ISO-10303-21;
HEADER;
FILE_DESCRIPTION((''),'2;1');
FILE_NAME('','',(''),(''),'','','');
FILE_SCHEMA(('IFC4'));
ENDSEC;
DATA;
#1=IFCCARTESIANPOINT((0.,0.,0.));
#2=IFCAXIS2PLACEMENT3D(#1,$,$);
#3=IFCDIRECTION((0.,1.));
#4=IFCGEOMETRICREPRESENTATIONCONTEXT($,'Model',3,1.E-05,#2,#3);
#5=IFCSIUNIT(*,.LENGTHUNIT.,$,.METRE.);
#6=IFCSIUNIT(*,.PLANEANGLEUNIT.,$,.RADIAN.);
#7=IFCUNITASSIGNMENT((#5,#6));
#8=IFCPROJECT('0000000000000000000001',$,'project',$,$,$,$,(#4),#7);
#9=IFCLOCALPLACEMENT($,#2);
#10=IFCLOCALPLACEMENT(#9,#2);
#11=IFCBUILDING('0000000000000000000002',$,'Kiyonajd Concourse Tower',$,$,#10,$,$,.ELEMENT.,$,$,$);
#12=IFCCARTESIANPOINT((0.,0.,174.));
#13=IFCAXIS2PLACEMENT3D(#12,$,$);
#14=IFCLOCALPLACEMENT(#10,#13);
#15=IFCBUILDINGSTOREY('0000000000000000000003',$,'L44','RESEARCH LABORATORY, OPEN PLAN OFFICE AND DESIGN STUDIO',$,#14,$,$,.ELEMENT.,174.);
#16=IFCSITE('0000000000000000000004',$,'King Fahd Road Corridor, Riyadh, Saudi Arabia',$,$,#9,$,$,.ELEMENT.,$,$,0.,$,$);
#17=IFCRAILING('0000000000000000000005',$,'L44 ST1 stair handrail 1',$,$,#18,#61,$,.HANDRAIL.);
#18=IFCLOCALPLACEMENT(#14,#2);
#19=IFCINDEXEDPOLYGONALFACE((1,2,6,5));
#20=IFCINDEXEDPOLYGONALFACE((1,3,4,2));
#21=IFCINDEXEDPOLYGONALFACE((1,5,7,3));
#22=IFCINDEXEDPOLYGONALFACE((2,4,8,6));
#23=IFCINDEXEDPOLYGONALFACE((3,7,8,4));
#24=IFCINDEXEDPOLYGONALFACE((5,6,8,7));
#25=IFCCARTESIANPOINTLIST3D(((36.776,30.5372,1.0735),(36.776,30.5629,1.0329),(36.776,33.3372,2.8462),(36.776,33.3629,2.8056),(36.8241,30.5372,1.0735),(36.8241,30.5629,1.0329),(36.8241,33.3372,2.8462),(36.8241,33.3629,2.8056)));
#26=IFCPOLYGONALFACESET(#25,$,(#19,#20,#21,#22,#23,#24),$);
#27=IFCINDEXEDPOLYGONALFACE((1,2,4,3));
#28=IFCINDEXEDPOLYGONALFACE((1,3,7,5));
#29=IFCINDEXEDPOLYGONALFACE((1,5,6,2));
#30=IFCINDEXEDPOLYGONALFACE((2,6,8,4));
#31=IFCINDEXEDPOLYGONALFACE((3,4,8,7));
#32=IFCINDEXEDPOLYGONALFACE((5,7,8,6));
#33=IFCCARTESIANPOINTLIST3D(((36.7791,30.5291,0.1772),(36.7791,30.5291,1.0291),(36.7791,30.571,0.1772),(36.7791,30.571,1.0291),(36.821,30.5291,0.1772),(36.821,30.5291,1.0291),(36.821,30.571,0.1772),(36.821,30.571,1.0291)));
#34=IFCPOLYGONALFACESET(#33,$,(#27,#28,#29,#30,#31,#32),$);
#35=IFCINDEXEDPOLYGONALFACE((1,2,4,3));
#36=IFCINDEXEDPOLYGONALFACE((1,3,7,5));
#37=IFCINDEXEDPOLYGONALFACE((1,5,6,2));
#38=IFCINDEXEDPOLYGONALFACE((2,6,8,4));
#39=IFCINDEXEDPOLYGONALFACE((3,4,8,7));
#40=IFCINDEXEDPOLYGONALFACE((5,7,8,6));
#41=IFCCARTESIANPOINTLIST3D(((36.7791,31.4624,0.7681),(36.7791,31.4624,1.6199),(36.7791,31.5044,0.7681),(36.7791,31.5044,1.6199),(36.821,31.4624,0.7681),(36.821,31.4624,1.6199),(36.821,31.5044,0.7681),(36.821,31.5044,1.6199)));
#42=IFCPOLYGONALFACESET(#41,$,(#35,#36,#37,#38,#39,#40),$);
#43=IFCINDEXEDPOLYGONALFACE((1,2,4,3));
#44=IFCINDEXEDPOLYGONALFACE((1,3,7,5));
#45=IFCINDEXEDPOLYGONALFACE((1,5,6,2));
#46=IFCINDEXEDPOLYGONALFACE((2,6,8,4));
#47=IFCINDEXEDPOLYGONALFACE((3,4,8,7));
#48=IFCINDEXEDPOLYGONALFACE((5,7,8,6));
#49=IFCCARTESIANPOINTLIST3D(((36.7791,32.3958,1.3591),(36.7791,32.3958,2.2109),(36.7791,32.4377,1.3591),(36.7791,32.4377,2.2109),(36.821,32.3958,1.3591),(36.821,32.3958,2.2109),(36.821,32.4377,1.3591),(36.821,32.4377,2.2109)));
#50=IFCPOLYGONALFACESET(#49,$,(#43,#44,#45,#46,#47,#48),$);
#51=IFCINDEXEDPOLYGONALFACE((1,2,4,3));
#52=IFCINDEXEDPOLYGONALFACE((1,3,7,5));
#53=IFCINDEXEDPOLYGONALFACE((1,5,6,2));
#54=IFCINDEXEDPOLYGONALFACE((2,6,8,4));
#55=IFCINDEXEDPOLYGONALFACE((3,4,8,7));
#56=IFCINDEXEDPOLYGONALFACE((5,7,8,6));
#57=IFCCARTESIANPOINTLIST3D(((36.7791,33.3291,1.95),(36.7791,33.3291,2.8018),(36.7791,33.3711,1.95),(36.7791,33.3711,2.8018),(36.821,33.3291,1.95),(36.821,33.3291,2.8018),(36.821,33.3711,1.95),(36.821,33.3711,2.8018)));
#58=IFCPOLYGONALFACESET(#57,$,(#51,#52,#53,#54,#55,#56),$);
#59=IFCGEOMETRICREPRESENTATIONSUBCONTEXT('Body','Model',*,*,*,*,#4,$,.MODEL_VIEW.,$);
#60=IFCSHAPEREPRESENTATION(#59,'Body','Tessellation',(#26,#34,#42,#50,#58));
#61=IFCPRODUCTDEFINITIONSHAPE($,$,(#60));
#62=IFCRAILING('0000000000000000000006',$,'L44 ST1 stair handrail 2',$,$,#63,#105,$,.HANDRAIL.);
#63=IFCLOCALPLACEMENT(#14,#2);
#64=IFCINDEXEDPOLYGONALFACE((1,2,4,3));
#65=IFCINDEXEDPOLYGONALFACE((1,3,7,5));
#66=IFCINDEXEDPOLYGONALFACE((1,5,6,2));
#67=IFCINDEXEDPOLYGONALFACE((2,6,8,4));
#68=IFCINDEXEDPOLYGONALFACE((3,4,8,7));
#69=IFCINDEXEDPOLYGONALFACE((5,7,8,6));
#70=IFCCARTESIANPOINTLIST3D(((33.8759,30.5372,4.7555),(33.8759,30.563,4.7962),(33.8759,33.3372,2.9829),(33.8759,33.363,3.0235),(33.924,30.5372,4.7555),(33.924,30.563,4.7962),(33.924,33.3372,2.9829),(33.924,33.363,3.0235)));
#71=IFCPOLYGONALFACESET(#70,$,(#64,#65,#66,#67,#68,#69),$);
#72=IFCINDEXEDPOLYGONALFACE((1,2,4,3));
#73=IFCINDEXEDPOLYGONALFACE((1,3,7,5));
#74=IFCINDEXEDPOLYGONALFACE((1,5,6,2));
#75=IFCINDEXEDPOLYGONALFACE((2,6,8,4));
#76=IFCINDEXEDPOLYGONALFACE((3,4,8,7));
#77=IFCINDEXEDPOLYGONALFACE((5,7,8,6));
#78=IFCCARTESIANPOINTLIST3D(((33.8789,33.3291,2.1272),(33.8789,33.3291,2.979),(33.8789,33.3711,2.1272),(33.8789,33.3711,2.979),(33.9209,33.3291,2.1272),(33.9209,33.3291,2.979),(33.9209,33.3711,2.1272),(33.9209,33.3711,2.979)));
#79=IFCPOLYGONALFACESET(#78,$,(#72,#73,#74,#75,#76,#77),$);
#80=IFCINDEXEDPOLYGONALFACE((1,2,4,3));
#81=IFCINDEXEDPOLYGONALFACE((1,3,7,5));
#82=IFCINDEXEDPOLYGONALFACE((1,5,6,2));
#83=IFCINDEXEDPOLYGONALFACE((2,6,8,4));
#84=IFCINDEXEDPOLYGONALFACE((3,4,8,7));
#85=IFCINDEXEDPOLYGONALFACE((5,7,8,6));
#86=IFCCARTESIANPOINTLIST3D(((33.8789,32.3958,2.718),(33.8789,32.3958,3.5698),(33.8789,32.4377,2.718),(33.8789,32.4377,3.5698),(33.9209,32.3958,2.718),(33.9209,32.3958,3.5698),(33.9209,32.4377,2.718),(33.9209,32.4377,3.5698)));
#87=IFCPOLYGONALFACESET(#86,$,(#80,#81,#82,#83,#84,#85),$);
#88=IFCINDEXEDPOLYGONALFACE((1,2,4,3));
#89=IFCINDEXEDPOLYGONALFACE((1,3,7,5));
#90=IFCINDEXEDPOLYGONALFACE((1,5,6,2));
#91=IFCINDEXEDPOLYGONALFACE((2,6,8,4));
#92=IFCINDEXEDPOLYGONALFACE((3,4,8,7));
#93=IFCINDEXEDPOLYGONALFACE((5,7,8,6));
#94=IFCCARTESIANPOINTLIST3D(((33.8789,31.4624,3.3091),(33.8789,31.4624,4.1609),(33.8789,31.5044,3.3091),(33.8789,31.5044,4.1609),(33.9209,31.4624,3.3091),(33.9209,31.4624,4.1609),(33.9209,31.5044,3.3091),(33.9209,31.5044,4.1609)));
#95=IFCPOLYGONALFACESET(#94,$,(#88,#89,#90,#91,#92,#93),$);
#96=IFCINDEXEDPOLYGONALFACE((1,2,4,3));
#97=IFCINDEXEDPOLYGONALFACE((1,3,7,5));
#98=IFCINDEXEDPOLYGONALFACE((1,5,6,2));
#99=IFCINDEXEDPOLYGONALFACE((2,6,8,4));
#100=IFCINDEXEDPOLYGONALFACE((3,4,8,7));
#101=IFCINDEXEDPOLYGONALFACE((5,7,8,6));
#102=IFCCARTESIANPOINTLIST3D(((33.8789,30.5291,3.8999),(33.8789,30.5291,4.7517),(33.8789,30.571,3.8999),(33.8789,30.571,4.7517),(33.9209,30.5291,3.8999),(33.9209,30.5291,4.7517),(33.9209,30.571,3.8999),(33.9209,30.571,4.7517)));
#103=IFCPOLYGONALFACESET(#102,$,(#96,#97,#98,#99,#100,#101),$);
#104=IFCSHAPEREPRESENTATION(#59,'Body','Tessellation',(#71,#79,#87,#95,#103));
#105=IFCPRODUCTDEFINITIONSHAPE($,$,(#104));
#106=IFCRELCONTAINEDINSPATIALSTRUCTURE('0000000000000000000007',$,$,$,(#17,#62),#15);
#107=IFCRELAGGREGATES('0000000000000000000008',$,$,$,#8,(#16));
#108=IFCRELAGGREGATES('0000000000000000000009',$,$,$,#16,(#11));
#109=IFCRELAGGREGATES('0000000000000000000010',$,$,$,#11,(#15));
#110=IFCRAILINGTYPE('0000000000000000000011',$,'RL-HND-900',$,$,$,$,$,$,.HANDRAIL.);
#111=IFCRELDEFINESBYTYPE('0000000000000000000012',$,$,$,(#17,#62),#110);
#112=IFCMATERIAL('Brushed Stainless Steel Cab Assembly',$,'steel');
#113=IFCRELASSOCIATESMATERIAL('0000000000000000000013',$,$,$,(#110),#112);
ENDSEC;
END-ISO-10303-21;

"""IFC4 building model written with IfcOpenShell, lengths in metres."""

from ifc_helpers import new_model, si_unit, direction, frame, origin, origin_2d, place, context, subcontext, project, spatial, rectangle, extrude, material, type_object, element, save


model = new_model("IFC4")

# Units and contexts
model_context = context("Model", 3, precision=1e-05, world=origin(), true_north=direction((0.0, 1.0)))
body_context = subcontext(model_context, "Body", "Model", "MODEL_VIEW")
ifc_project = project(units=[si_unit("LENGTHUNIT", "METRE"), si_unit("PLANEANGLEUNIT", "RADIAN")], contexts=[model_context])

# Site, building, storey
site_placement = place(None, origin())
site = spatial("IfcSite", under=ifc_project, at=site_placement, Name="King Fahd Road Corridor, Riyadh, Saudi Arabia", CompositionType="ELEMENT", RefElevation=0.0)
building_placement = place(site_placement, origin())
building = spatial("IfcBuilding", under=site, at=building_placement, Name="Kiyonajd Concourse Tower", CompositionType="ELEMENT")
storey_placement = place(building_placement, frame((0.0, 0.0, 174.0)))
storey = spatial("IfcBuildingStorey", under=building, at=storey_placement, Name="L44", Description="RESEARCH LABORATORY, OPEN PLAN OFFICE AND DESIGN STUDIO", CompositionType="ELEMENT", Elevation=174.0)

# Shared definitions
ifc_material_1 = material(Name="Brushed Stainless Steel Cab Assembly", Category="steel")

# Railings
railing_type_1 = type_object("IfcRailingType", Name="RL-HND-900", PredefinedType="HANDRAIL", material=ifc_material_1)
railing_1_placement = place(storey_placement, frame((36.8, 30.55, 0.1772)))
element("IfcRailing", 1, at=railing_1_placement, inside=storey, type_object=railing_type_1, Name="L44 ST1 stair handrail 1", PredefinedType="HANDRAIL", context=body_context, shape_type="SweptSolid", body=[
    extrude(rectangle(XDim=0.0481, YDim=0.0481, at=origin_2d()), frame((0.0, 0.0, 0.876), z_axis=(0.0, 0.844909, 0.53491), x_axis=(-1.0, 0.0, 0.0)), (0.0, 0.0, 1.0), 3.314),
    extrude(rectangle(XDim=0.042, YDim=0.042, at=origin_2d()), origin(), (0.0, 0.0, 1.0), 0.8518),
    extrude(rectangle(XDim=0.042, YDim=0.042, at=origin_2d()), frame((0.0, 0.9333, 0.5908)), (0.0, 0.0, 1.0), 0.8518),
    extrude(rectangle(XDim=0.042, YDim=0.042, at=origin_2d()), frame((0.0, 1.8667, 1.1819)), (0.0, 0.0, 1.0), 0.8518),
    extrude(rectangle(XDim=0.042, YDim=0.042, at=origin_2d()), frame((0.0, 2.8, 1.7727)), (0.0, 0.0, 1.0), 0.8518),
])
railing_2_placement = place(storey_placement, frame((33.8999, 33.3501, 2.1272)))
element("IfcRailing", 2, at=railing_2_placement, inside=storey, type_object=railing_type_1, Name="L44 ST1 stair handrail 2", PredefinedType="HANDRAIL", context=body_context, shape_type="SweptSolid", body=[
    extrude(rectangle(XDim=0.0481, YDim=0.0481, at=origin_2d()), frame((0.0, 0.0, 0.876), z_axis=(0.0, -0.844909, 0.53491), x_axis=(1.0, 0.0, 0.0)), (0.0, 0.0, 1.0), 3.314),
    extrude(rectangle(XDim=0.042, YDim=0.042, at=origin_2d()), origin(), (0.0, 0.0, 1.0), 0.8518),
    extrude(rectangle(XDim=0.042, YDim=0.042, at=origin_2d()), frame((0.0, -0.9333, 0.5908)), (0.0, 0.0, 1.0), 0.8518),
    extrude(rectangle(XDim=0.042, YDim=0.042, at=origin_2d()), frame((0.0, -1.8667, 1.1819)), (0.0, 0.0, 1.0), 0.8518),
    extrude(rectangle(XDim=0.042, YDim=0.042, at=origin_2d()), frame((0.0, -2.8, 1.7727)), (0.0, 0.0, 1.0), 0.8518),
])

save(model, "model.ifc")
